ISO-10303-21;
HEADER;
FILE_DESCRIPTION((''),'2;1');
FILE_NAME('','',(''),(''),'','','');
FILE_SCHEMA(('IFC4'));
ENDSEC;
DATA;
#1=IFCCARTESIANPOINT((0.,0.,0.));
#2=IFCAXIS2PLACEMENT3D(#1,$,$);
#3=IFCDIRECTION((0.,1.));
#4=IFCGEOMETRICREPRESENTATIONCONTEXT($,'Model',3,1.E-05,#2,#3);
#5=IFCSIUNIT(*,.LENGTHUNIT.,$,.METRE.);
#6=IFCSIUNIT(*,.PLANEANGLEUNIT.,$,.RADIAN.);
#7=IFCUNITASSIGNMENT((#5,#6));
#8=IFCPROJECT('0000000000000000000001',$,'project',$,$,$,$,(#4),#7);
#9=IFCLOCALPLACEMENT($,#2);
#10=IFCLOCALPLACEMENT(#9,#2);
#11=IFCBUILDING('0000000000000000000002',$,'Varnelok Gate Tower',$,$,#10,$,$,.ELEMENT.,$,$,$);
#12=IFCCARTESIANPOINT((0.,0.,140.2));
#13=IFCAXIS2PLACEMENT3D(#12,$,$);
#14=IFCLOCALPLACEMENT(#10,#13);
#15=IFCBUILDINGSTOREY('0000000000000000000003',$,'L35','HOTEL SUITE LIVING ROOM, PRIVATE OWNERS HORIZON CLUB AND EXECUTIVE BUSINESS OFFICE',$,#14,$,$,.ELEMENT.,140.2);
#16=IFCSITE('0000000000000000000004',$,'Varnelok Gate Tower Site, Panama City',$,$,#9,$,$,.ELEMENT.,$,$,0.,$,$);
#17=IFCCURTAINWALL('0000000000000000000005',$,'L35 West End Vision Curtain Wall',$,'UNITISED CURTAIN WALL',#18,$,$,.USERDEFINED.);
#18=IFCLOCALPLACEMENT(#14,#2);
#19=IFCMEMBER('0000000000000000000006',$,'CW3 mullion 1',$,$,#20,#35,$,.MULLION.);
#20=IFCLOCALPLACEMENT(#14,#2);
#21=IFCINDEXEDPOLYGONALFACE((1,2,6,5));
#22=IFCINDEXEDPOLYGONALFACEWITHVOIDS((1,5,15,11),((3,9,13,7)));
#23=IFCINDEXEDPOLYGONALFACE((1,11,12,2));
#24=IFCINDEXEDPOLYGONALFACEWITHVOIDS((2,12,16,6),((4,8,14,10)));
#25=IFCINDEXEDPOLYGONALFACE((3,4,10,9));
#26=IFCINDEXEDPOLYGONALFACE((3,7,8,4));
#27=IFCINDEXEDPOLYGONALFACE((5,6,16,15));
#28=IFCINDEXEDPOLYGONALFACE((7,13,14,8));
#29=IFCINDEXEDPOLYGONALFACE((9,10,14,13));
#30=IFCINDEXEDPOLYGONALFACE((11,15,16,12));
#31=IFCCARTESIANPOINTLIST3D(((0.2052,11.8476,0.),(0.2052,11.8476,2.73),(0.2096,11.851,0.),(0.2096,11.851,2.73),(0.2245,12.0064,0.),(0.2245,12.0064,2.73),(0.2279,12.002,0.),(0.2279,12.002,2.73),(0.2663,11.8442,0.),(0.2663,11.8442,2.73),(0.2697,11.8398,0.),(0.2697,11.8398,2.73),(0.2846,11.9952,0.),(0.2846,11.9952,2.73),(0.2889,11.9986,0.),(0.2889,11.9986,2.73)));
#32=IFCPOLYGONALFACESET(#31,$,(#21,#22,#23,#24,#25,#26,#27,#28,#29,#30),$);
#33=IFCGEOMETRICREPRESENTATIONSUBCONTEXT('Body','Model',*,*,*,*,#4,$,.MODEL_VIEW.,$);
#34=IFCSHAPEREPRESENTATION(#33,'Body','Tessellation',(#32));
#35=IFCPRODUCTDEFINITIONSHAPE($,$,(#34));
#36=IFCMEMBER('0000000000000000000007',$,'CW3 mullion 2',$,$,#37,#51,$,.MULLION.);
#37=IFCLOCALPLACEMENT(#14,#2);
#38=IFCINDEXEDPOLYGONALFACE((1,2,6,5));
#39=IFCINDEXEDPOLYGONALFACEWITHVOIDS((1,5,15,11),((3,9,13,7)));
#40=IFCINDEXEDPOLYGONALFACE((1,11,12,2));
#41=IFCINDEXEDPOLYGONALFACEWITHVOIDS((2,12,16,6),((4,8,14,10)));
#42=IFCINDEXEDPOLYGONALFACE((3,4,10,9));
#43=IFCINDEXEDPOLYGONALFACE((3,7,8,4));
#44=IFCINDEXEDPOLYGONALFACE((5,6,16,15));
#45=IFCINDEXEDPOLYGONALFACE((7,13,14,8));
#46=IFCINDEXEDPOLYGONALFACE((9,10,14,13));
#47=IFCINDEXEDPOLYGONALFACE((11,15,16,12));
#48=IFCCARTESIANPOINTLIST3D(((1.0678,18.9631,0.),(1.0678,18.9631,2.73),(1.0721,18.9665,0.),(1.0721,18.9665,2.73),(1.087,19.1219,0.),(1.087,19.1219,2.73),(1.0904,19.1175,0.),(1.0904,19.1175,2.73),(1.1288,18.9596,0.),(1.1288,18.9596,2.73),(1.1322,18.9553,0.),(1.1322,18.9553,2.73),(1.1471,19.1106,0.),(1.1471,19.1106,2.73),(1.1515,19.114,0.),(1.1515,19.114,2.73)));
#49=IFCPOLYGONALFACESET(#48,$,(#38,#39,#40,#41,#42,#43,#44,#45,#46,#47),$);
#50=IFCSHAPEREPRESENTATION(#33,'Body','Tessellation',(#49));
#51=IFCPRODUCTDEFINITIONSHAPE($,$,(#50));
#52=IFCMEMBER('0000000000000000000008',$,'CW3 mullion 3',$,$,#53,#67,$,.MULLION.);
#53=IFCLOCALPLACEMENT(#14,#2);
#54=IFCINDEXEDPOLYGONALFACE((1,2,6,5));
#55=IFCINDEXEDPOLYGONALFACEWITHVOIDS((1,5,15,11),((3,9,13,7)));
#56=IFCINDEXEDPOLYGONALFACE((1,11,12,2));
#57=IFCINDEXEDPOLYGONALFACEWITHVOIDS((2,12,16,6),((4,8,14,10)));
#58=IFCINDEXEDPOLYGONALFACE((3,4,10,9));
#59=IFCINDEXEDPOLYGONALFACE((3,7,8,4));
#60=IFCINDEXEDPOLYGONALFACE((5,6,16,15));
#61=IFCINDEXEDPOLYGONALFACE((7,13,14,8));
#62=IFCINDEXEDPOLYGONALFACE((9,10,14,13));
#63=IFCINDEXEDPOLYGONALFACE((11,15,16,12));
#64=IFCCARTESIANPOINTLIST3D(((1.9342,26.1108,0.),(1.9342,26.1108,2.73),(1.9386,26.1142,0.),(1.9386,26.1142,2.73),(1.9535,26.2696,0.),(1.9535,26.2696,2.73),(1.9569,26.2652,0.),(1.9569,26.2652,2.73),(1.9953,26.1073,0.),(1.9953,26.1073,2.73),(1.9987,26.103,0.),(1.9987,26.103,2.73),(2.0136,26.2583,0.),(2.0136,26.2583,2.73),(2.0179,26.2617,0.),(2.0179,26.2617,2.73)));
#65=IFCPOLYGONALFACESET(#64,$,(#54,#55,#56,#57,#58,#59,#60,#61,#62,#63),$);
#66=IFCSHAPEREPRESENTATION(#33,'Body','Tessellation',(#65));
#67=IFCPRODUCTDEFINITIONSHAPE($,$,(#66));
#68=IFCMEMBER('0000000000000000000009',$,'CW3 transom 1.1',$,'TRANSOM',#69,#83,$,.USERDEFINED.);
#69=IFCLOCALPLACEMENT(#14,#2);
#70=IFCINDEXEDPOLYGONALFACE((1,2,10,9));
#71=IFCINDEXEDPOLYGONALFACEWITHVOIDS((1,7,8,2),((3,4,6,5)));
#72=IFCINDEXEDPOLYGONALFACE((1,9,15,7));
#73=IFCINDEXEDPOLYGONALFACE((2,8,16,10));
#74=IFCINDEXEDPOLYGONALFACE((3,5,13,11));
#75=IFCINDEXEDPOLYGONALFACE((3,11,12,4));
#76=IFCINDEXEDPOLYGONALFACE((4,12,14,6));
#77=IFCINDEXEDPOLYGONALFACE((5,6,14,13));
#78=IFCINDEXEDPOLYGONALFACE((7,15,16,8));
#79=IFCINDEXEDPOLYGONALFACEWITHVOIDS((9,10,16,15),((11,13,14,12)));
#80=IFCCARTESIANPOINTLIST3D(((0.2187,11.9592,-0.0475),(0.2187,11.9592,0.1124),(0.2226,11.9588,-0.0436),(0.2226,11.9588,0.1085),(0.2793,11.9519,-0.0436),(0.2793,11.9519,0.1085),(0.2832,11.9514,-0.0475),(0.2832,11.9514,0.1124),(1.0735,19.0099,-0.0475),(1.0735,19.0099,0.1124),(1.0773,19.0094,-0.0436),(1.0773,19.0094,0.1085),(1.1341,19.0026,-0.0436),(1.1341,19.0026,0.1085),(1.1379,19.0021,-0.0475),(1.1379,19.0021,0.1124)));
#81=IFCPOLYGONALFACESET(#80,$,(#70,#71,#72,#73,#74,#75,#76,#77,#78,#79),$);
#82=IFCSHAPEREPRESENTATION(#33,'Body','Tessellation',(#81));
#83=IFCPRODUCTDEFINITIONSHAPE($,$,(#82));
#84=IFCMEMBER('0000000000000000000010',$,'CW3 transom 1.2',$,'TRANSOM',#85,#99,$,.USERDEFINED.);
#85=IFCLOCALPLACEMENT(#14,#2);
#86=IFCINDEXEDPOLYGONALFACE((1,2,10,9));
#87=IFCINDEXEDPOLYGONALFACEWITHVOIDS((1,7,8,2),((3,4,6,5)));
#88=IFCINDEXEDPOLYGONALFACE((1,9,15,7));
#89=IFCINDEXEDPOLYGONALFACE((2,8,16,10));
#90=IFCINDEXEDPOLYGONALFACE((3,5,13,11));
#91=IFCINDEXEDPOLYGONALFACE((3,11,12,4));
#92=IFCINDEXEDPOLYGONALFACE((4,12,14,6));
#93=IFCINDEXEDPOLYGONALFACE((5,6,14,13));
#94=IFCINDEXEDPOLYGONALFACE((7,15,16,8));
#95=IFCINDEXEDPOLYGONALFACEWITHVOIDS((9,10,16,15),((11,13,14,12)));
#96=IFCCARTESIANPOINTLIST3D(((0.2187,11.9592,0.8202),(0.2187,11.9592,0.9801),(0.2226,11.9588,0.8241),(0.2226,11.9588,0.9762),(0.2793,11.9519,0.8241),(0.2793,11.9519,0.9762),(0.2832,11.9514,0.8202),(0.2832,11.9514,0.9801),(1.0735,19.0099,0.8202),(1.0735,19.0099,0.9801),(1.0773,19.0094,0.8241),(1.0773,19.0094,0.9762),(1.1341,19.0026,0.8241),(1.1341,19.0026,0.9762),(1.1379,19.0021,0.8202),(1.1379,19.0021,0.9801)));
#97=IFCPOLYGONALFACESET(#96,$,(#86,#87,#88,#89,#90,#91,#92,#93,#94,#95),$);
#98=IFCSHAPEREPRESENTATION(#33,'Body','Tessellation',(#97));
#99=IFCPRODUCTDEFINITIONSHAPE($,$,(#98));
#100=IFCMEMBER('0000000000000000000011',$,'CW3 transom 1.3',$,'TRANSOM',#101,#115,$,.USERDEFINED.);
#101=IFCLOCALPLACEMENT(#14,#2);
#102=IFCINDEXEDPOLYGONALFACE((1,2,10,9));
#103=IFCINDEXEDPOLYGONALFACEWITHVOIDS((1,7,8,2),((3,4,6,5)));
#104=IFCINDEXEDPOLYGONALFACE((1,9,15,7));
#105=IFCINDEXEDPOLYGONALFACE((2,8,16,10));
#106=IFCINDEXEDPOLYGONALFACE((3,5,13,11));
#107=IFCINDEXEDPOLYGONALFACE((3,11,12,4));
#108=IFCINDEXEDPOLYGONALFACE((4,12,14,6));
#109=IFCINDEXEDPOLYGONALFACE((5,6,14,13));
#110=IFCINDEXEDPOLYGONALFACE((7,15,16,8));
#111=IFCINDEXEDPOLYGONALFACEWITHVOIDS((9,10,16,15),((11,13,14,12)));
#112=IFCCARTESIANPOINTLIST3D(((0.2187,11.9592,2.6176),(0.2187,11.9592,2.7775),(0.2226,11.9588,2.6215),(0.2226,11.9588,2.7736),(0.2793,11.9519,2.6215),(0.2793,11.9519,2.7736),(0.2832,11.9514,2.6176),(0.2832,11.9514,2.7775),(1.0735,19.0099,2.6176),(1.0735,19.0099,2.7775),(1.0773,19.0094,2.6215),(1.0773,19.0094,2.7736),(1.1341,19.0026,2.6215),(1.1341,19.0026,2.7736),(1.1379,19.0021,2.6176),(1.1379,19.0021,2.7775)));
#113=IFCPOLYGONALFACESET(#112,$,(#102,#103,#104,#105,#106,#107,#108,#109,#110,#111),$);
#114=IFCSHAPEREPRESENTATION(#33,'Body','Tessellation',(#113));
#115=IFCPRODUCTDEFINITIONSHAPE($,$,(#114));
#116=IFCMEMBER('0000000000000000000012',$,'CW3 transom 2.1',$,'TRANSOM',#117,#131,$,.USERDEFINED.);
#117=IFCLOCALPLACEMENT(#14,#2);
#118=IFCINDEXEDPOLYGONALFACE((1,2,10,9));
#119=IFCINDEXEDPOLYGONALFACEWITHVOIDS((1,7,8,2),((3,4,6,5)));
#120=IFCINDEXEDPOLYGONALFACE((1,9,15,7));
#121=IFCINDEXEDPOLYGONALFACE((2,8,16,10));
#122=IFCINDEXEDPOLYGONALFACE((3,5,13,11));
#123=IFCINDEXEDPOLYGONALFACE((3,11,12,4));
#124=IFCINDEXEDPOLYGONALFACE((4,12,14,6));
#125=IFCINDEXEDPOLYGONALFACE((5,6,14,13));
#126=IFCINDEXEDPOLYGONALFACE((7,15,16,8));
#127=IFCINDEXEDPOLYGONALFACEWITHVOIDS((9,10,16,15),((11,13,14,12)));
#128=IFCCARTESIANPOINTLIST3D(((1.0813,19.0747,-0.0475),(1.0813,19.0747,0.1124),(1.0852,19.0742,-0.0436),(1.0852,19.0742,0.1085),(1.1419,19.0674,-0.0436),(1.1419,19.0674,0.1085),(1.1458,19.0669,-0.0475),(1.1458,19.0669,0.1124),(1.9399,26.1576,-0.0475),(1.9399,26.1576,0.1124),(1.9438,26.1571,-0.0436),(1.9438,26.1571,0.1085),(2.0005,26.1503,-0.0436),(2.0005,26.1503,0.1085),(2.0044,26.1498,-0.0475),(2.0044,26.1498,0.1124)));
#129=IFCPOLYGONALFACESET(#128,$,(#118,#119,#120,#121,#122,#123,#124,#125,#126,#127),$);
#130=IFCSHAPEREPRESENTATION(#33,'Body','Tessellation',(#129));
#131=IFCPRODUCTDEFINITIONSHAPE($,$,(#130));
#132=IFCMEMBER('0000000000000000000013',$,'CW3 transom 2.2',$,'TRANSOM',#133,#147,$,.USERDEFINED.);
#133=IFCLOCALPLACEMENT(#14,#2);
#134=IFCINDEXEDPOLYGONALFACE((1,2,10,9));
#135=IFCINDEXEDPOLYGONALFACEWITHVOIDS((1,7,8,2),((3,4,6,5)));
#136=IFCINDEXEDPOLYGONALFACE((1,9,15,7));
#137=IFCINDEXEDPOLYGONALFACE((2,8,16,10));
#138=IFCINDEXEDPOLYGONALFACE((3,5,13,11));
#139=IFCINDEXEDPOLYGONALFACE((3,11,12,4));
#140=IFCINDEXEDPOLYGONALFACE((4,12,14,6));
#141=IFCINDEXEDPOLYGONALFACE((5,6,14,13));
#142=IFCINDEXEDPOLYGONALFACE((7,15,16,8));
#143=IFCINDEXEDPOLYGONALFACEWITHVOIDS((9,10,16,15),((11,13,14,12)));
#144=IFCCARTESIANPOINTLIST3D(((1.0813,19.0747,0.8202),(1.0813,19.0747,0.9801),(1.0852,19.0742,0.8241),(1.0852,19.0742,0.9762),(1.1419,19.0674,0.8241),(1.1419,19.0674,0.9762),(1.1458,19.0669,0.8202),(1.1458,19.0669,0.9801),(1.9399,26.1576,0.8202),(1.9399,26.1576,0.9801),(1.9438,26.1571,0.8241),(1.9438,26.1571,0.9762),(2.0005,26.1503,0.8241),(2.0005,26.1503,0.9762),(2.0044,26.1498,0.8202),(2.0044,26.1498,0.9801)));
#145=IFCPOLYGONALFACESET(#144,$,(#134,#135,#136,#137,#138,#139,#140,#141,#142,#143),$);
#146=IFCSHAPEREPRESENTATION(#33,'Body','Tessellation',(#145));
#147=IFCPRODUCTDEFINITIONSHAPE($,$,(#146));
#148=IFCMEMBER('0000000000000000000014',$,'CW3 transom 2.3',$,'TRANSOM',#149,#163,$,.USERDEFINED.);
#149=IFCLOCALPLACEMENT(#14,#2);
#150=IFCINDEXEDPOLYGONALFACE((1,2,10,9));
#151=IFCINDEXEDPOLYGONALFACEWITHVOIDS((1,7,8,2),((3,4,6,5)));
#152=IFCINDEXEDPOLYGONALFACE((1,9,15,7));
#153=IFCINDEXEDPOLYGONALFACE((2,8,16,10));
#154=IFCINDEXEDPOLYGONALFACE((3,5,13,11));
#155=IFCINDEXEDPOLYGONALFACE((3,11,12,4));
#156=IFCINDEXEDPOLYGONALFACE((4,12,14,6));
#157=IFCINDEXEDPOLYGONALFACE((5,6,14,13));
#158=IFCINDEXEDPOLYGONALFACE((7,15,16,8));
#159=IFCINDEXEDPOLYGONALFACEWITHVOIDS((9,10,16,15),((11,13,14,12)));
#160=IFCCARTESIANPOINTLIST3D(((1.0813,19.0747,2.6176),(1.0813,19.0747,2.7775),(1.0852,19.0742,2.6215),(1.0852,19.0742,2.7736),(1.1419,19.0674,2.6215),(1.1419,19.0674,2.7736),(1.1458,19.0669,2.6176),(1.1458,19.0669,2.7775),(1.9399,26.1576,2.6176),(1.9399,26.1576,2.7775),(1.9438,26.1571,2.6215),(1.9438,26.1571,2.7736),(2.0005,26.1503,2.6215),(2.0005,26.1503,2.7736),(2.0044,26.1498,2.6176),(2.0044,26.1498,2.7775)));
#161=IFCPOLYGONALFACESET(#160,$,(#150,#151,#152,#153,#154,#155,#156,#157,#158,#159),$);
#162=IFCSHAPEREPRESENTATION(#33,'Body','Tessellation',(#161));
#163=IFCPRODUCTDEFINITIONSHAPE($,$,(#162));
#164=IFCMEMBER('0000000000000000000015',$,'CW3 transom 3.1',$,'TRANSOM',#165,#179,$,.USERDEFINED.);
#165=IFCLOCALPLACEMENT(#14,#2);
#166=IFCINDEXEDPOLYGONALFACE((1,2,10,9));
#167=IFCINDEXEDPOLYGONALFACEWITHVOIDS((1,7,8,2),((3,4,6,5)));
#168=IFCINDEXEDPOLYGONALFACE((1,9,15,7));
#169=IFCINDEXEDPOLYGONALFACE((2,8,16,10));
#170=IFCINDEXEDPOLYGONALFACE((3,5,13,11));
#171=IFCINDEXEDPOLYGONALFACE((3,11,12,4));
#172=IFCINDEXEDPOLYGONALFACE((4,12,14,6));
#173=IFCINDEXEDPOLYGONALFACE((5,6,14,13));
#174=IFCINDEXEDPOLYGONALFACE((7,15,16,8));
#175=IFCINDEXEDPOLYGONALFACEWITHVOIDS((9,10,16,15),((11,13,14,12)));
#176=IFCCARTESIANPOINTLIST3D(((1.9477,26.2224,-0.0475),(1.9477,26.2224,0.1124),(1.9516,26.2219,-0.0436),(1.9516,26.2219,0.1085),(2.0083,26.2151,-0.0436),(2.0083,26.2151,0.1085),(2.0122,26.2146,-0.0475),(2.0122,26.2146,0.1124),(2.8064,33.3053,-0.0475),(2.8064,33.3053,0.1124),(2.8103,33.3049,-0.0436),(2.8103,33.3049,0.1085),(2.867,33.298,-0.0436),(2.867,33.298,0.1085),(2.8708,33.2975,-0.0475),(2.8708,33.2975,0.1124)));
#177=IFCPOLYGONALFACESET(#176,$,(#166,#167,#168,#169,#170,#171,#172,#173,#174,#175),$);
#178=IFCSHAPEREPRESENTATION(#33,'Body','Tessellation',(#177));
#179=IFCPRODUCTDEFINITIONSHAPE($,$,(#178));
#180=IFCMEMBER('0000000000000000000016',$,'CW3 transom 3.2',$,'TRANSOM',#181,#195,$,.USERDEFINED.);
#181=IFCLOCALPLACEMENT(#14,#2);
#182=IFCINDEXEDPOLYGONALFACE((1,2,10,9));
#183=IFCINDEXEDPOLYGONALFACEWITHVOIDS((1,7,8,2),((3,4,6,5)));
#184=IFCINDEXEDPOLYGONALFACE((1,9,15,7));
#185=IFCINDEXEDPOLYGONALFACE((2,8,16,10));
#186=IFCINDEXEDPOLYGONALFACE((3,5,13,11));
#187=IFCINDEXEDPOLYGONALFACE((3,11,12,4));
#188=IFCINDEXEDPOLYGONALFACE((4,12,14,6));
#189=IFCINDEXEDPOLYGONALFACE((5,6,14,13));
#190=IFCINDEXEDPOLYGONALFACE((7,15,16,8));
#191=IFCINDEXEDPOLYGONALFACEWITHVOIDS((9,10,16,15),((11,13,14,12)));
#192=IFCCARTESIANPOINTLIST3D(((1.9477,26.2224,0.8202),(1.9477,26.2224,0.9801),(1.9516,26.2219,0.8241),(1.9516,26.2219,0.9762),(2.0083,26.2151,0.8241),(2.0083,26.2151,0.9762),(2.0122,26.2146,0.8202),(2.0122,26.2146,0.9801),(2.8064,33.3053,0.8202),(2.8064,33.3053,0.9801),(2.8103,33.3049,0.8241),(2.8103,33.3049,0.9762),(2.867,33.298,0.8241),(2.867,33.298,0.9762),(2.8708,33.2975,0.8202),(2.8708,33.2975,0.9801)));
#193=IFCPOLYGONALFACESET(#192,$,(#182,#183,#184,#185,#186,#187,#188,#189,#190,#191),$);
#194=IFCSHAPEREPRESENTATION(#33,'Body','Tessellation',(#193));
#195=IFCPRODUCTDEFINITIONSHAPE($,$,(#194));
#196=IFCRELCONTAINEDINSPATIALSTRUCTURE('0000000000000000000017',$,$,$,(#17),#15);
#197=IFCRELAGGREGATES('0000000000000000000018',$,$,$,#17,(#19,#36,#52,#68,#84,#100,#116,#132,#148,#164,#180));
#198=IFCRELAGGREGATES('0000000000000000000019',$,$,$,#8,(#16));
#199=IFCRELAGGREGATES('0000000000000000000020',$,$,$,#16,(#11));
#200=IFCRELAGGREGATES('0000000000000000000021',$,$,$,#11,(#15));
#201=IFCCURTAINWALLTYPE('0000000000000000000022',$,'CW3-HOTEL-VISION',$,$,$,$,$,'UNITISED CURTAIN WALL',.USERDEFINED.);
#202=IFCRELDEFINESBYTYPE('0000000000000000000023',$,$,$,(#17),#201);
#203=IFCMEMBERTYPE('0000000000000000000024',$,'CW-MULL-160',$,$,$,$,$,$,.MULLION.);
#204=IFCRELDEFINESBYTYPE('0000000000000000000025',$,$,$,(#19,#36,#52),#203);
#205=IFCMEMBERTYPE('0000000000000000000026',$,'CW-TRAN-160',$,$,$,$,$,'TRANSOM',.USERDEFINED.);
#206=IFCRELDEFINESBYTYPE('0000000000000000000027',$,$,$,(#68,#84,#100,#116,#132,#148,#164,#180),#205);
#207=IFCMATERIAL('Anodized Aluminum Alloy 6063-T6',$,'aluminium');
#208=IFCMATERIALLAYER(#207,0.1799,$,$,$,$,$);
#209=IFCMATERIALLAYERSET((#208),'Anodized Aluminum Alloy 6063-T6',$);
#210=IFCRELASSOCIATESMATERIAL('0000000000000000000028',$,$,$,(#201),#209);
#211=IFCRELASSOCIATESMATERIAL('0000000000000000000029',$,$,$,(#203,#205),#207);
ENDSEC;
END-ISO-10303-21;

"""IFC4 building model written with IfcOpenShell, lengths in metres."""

from ifc_helpers import new_model, si_unit, direction, frame, origin, origin_2d, place, context, subcontext, project, spatial, hollow_rectangle, extrude, material, layer, layer_set, material_profile, profile_set, type_object, element, aggregate, save


model = new_model("IFC4")

# Units and contexts
model_context = context("Model", 3, precision=1e-05, world=origin(), true_north=direction((0.0, 1.0)))
body_context = subcontext(model_context, "Body", "Model", "MODEL_VIEW")
ifc_project = project(units=[si_unit("LENGTHUNIT", "METRE"), si_unit("PLANEANGLEUNIT", "RADIAN")], contexts=[model_context])

# Site, building, storey
site_placement = place(None, origin())
site = spatial("IfcSite", under=ifc_project, at=site_placement, Name="Varnelok Gate Tower Site, Panama City", CompositionType="ELEMENT", RefElevation=0.0)
building_placement = place(site_placement, origin())
building = spatial("IfcBuilding", under=site, at=building_placement, Name="Varnelok Gate Tower", CompositionType="ELEMENT")
storey_placement = place(building_placement, frame((0.0, 0.0, 140.2)))
storey = spatial("IfcBuildingStorey", under=building, at=storey_placement, Name="L35", Description="HOTEL SUITE LIVING ROOM, PRIVATE OWNERS HORIZON CLUB AND EXECUTIVE BUSINESS OFFICE", CompositionType="ELEMENT", Elevation=140.2)

# Curtain wall, members
ifc_material_1 = material(Name="Anodized Aluminum Alloy 6063-T6", Category="aluminium")
ifc_layer_1 = layer(ifc_material_1, 0.1799)
ifc_layer_set_1 = layer_set([ifc_layer_1], Name="Anodized Aluminum Alloy 6063-T6")
curtain_wall_type = type_object("IfcCurtainWallType", Name="CW3-HOTEL-VISION", ElementType="UNITISED CURTAIN WALL", PredefinedType="USERDEFINED", material=ifc_layer_set_1)
curtain_wall_placement = place(storey_placement, origin())
curtain_wall = element("IfcCurtainWall", 1, at=curtain_wall_placement, inside=storey, type_object=curtain_wall_type, Name="L35 West End Vision Curtain Wall", ObjectType="UNITISED CURTAIN WALL", PredefinedType="USERDEFINED")
ifc_material_profile_1 = material_profile(ifc_material_1, hollow_rectangle(XDim=0.0649, YDim=0.1599, WallThickness=0.0039, at=origin_2d()), Name="ALU160X65X4")
ifc_profile_set_1 = profile_set([ifc_material_profile_1], Name="Anodized Aluminum Alloy 6063-T6")
member_type_1 = type_object("IfcMemberType", Name="CW-MULL-160", PredefinedType="MULLION", material=ifc_profile_set_1)
member_1_placement = place(storey_placement, frame((0.2471, 11.9231, 0.0), z_axis=(0.0, 0.0, 1.0), x_axis=(-0.992732, 0.120347, 0.0)))
member_1 = element("IfcMember", 2, at=member_1_placement, type_object=member_type_1, Name="CW3 mullion 1", PredefinedType="MULLION", context=body_context, shape_type="SweptSolid", body=[
    extrude(hollow_rectangle(XDim=0.0649, YDim=0.1599, WallThickness=0.0039, at=origin_2d()), origin(), (0.0, 0.0, 1.0), 2.73),
])
member_2_placement = place(storey_placement, frame((1.1096, 19.0386, 0.0), z_axis=(0.0, 0.0, 1.0), x_axis=(-0.992732, 0.120347, 0.0)))
member_2 = element("IfcMember", 3, at=member_2_placement, type_object=member_type_1, Name="CW3 mullion 2", PredefinedType="MULLION", context=body_context, shape_type="SweptSolid", body=[
    extrude(hollow_rectangle(XDim=0.0649, YDim=0.1599, WallThickness=0.0039, at=origin_2d()), origin(), (0.0, 0.0, 1.0), 2.73),
])
member_3_placement = place(storey_placement, frame((1.9761, 26.1863, 0.0), z_axis=(0.0, 0.0, 1.0), x_axis=(-0.992732, 0.120347, 0.0)))
member_3 = element("IfcMember", 4, at=member_3_placement, type_object=member_type_1, Name="CW3 mullion 3", PredefinedType="MULLION", context=body_context, shape_type="SweptSolid", body=[
    extrude(hollow_rectangle(XDim=0.0649, YDim=0.1599, WallThickness=0.0039, at=origin_2d()), origin(), (0.0, 0.0, 1.0), 2.73),
])
ifc_material_profile_2 = material_profile(ifc_material_1, hollow_rectangle(XDim=0.0649, YDim=0.1599, WallThickness=0.0039, at=origin_2d()), Name="ALU160X65X4")
ifc_profile_set_2 = profile_set([ifc_material_profile_2], Name="Anodized Aluminum Alloy 6063-T6")
member_type_2 = type_object("IfcMemberType", Name="CW-TRAN-160", ElementType="TRANSOM", PredefinedType="USERDEFINED", material=ifc_profile_set_2)
member_4_placement = place(storey_placement, frame((0.251, 11.9553, 0.0325), z_axis=(0.120345, 0.992732, 0.0), x_axis=(-0.992732, 0.120345, 0.0)))
member_4 = element("IfcMember", 5, at=member_4_placement, type_object=member_type_2, Name="CW3 transom 1.1", ObjectType="TRANSOM", PredefinedType="USERDEFINED", context=body_context, shape_type="SweptSolid", body=[
    extrude(hollow_rectangle(XDim=0.0649, YDim=0.1599, WallThickness=0.0039, at=origin_2d()), origin(), (0.0, 0.0, 1.0), 7.1023),
])
member_5_placement = place(storey_placement, frame((0.251, 11.9553, 0.9001), z_axis=(0.120345, 0.992732, 0.0), x_axis=(-0.992732, 0.120345, 0.0)))
member_5 = element("IfcMember", 6, at=member_5_placement, type_object=member_type_2, Name="CW3 transom 1.2", ObjectType="TRANSOM", PredefinedType="USERDEFINED", context=body_context, shape_type="SweptSolid", body=[
    extrude(hollow_rectangle(XDim=0.0649, YDim=0.1599, WallThickness=0.0039, at=origin_2d()), origin(), (0.0, 0.0, 1.0), 7.1023),
])
member_6_placement = place(storey_placement, frame((0.251, 11.9553, 2.6975), z_axis=(0.120345, 0.992732, 0.0), x_axis=(-0.992732, 0.120345, 0.0)))
member_6 = element("IfcMember", 7, at=member_6_placement, type_object=member_type_2, Name="CW3 transom 1.3", ObjectType="TRANSOM", PredefinedType="USERDEFINED", context=body_context, shape_type="SweptSolid", body=[
    extrude(hollow_rectangle(XDim=0.0649, YDim=0.1599, WallThickness=0.0039, at=origin_2d()), origin(), (0.0, 0.0, 1.0), 7.1023),
])
member_7_placement = place(storey_placement, frame((1.1135, 19.0708, 0.0325), z_axis=(0.120345, 0.992732, 0.0), x_axis=(-0.992732, 0.120345, 0.0)))
member_7 = element("IfcMember", 8, at=member_7_placement, type_object=member_type_2, Name="CW3 transom 2.1", ObjectType="TRANSOM", PredefinedType="USERDEFINED", context=body_context, shape_type="SweptSolid", body=[
    extrude(hollow_rectangle(XDim=0.0649, YDim=0.1599, WallThickness=0.0039, at=origin_2d()), origin(), (0.0, 0.0, 1.0), 7.1348),
])
member_8_placement = place(storey_placement, frame((1.1135, 19.0708, 0.9001), z_axis=(0.120345, 0.992732, 0.0), x_axis=(-0.992732, 0.120345, 0.0)))
member_8 = element("IfcMember", 9, at=member_8_placement, type_object=member_type_2, Name="CW3 transom 2.2", ObjectType="TRANSOM", PredefinedType="USERDEFINED", context=body_context, shape_type="SweptSolid", body=[
    extrude(hollow_rectangle(XDim=0.0649, YDim=0.1599, WallThickness=0.0039, at=origin_2d()), origin(), (0.0, 0.0, 1.0), 7.1348),
])
member_9_placement = place(storey_placement, frame((1.1135, 19.0708, 2.6975), z_axis=(0.120345, 0.992732, 0.0), x_axis=(-0.992732, 0.120345, 0.0)))
member_9 = element("IfcMember", 10, at=member_9_placement, type_object=member_type_2, Name="CW3 transom 2.3", ObjectType="TRANSOM", PredefinedType="USERDEFINED", context=body_context, shape_type="SweptSolid", body=[
    extrude(hollow_rectangle(XDim=0.0649, YDim=0.1599, WallThickness=0.0039, at=origin_2d()), origin(), (0.0, 0.0, 1.0), 7.1348),
])
member_10_placement = place(storey_placement, frame((1.98, 26.2185, 0.0325), z_axis=(0.120345, 0.992732, 0.0), x_axis=(-0.992732, 0.120345, 0.0)))
member_10 = element("IfcMember", 11, at=member_10_placement, type_object=member_type_2, Name="CW3 transom 3.1", ObjectType="TRANSOM", PredefinedType="USERDEFINED", context=body_context, shape_type="SweptSolid", body=[
    extrude(hollow_rectangle(XDim=0.0649, YDim=0.1599, WallThickness=0.0039, at=origin_2d()), origin(), (0.0, 0.0, 1.0), 7.1348),
])
member_11_placement = place(storey_placement, frame((1.98, 26.2185, 0.9001), z_axis=(0.120345, 0.992732, 0.0), x_axis=(-0.992732, 0.120345, 0.0)))
member_11 = element("IfcMember", 12, at=member_11_placement, type_object=member_type_2, Name="CW3 transom 3.2", ObjectType="TRANSOM", PredefinedType="USERDEFINED", context=body_context, shape_type="SweptSolid", body=[
    extrude(hollow_rectangle(XDim=0.0649, YDim=0.1599, WallThickness=0.0039, at=origin_2d()), origin(), (0.0, 0.0, 1.0), 7.1348),
])
aggregate(curtain_wall, [member_1, member_2, member_3, member_4, member_5, member_6, member_7, member_8, member_9, member_10, member_11])

save(model, "model.ifc")
